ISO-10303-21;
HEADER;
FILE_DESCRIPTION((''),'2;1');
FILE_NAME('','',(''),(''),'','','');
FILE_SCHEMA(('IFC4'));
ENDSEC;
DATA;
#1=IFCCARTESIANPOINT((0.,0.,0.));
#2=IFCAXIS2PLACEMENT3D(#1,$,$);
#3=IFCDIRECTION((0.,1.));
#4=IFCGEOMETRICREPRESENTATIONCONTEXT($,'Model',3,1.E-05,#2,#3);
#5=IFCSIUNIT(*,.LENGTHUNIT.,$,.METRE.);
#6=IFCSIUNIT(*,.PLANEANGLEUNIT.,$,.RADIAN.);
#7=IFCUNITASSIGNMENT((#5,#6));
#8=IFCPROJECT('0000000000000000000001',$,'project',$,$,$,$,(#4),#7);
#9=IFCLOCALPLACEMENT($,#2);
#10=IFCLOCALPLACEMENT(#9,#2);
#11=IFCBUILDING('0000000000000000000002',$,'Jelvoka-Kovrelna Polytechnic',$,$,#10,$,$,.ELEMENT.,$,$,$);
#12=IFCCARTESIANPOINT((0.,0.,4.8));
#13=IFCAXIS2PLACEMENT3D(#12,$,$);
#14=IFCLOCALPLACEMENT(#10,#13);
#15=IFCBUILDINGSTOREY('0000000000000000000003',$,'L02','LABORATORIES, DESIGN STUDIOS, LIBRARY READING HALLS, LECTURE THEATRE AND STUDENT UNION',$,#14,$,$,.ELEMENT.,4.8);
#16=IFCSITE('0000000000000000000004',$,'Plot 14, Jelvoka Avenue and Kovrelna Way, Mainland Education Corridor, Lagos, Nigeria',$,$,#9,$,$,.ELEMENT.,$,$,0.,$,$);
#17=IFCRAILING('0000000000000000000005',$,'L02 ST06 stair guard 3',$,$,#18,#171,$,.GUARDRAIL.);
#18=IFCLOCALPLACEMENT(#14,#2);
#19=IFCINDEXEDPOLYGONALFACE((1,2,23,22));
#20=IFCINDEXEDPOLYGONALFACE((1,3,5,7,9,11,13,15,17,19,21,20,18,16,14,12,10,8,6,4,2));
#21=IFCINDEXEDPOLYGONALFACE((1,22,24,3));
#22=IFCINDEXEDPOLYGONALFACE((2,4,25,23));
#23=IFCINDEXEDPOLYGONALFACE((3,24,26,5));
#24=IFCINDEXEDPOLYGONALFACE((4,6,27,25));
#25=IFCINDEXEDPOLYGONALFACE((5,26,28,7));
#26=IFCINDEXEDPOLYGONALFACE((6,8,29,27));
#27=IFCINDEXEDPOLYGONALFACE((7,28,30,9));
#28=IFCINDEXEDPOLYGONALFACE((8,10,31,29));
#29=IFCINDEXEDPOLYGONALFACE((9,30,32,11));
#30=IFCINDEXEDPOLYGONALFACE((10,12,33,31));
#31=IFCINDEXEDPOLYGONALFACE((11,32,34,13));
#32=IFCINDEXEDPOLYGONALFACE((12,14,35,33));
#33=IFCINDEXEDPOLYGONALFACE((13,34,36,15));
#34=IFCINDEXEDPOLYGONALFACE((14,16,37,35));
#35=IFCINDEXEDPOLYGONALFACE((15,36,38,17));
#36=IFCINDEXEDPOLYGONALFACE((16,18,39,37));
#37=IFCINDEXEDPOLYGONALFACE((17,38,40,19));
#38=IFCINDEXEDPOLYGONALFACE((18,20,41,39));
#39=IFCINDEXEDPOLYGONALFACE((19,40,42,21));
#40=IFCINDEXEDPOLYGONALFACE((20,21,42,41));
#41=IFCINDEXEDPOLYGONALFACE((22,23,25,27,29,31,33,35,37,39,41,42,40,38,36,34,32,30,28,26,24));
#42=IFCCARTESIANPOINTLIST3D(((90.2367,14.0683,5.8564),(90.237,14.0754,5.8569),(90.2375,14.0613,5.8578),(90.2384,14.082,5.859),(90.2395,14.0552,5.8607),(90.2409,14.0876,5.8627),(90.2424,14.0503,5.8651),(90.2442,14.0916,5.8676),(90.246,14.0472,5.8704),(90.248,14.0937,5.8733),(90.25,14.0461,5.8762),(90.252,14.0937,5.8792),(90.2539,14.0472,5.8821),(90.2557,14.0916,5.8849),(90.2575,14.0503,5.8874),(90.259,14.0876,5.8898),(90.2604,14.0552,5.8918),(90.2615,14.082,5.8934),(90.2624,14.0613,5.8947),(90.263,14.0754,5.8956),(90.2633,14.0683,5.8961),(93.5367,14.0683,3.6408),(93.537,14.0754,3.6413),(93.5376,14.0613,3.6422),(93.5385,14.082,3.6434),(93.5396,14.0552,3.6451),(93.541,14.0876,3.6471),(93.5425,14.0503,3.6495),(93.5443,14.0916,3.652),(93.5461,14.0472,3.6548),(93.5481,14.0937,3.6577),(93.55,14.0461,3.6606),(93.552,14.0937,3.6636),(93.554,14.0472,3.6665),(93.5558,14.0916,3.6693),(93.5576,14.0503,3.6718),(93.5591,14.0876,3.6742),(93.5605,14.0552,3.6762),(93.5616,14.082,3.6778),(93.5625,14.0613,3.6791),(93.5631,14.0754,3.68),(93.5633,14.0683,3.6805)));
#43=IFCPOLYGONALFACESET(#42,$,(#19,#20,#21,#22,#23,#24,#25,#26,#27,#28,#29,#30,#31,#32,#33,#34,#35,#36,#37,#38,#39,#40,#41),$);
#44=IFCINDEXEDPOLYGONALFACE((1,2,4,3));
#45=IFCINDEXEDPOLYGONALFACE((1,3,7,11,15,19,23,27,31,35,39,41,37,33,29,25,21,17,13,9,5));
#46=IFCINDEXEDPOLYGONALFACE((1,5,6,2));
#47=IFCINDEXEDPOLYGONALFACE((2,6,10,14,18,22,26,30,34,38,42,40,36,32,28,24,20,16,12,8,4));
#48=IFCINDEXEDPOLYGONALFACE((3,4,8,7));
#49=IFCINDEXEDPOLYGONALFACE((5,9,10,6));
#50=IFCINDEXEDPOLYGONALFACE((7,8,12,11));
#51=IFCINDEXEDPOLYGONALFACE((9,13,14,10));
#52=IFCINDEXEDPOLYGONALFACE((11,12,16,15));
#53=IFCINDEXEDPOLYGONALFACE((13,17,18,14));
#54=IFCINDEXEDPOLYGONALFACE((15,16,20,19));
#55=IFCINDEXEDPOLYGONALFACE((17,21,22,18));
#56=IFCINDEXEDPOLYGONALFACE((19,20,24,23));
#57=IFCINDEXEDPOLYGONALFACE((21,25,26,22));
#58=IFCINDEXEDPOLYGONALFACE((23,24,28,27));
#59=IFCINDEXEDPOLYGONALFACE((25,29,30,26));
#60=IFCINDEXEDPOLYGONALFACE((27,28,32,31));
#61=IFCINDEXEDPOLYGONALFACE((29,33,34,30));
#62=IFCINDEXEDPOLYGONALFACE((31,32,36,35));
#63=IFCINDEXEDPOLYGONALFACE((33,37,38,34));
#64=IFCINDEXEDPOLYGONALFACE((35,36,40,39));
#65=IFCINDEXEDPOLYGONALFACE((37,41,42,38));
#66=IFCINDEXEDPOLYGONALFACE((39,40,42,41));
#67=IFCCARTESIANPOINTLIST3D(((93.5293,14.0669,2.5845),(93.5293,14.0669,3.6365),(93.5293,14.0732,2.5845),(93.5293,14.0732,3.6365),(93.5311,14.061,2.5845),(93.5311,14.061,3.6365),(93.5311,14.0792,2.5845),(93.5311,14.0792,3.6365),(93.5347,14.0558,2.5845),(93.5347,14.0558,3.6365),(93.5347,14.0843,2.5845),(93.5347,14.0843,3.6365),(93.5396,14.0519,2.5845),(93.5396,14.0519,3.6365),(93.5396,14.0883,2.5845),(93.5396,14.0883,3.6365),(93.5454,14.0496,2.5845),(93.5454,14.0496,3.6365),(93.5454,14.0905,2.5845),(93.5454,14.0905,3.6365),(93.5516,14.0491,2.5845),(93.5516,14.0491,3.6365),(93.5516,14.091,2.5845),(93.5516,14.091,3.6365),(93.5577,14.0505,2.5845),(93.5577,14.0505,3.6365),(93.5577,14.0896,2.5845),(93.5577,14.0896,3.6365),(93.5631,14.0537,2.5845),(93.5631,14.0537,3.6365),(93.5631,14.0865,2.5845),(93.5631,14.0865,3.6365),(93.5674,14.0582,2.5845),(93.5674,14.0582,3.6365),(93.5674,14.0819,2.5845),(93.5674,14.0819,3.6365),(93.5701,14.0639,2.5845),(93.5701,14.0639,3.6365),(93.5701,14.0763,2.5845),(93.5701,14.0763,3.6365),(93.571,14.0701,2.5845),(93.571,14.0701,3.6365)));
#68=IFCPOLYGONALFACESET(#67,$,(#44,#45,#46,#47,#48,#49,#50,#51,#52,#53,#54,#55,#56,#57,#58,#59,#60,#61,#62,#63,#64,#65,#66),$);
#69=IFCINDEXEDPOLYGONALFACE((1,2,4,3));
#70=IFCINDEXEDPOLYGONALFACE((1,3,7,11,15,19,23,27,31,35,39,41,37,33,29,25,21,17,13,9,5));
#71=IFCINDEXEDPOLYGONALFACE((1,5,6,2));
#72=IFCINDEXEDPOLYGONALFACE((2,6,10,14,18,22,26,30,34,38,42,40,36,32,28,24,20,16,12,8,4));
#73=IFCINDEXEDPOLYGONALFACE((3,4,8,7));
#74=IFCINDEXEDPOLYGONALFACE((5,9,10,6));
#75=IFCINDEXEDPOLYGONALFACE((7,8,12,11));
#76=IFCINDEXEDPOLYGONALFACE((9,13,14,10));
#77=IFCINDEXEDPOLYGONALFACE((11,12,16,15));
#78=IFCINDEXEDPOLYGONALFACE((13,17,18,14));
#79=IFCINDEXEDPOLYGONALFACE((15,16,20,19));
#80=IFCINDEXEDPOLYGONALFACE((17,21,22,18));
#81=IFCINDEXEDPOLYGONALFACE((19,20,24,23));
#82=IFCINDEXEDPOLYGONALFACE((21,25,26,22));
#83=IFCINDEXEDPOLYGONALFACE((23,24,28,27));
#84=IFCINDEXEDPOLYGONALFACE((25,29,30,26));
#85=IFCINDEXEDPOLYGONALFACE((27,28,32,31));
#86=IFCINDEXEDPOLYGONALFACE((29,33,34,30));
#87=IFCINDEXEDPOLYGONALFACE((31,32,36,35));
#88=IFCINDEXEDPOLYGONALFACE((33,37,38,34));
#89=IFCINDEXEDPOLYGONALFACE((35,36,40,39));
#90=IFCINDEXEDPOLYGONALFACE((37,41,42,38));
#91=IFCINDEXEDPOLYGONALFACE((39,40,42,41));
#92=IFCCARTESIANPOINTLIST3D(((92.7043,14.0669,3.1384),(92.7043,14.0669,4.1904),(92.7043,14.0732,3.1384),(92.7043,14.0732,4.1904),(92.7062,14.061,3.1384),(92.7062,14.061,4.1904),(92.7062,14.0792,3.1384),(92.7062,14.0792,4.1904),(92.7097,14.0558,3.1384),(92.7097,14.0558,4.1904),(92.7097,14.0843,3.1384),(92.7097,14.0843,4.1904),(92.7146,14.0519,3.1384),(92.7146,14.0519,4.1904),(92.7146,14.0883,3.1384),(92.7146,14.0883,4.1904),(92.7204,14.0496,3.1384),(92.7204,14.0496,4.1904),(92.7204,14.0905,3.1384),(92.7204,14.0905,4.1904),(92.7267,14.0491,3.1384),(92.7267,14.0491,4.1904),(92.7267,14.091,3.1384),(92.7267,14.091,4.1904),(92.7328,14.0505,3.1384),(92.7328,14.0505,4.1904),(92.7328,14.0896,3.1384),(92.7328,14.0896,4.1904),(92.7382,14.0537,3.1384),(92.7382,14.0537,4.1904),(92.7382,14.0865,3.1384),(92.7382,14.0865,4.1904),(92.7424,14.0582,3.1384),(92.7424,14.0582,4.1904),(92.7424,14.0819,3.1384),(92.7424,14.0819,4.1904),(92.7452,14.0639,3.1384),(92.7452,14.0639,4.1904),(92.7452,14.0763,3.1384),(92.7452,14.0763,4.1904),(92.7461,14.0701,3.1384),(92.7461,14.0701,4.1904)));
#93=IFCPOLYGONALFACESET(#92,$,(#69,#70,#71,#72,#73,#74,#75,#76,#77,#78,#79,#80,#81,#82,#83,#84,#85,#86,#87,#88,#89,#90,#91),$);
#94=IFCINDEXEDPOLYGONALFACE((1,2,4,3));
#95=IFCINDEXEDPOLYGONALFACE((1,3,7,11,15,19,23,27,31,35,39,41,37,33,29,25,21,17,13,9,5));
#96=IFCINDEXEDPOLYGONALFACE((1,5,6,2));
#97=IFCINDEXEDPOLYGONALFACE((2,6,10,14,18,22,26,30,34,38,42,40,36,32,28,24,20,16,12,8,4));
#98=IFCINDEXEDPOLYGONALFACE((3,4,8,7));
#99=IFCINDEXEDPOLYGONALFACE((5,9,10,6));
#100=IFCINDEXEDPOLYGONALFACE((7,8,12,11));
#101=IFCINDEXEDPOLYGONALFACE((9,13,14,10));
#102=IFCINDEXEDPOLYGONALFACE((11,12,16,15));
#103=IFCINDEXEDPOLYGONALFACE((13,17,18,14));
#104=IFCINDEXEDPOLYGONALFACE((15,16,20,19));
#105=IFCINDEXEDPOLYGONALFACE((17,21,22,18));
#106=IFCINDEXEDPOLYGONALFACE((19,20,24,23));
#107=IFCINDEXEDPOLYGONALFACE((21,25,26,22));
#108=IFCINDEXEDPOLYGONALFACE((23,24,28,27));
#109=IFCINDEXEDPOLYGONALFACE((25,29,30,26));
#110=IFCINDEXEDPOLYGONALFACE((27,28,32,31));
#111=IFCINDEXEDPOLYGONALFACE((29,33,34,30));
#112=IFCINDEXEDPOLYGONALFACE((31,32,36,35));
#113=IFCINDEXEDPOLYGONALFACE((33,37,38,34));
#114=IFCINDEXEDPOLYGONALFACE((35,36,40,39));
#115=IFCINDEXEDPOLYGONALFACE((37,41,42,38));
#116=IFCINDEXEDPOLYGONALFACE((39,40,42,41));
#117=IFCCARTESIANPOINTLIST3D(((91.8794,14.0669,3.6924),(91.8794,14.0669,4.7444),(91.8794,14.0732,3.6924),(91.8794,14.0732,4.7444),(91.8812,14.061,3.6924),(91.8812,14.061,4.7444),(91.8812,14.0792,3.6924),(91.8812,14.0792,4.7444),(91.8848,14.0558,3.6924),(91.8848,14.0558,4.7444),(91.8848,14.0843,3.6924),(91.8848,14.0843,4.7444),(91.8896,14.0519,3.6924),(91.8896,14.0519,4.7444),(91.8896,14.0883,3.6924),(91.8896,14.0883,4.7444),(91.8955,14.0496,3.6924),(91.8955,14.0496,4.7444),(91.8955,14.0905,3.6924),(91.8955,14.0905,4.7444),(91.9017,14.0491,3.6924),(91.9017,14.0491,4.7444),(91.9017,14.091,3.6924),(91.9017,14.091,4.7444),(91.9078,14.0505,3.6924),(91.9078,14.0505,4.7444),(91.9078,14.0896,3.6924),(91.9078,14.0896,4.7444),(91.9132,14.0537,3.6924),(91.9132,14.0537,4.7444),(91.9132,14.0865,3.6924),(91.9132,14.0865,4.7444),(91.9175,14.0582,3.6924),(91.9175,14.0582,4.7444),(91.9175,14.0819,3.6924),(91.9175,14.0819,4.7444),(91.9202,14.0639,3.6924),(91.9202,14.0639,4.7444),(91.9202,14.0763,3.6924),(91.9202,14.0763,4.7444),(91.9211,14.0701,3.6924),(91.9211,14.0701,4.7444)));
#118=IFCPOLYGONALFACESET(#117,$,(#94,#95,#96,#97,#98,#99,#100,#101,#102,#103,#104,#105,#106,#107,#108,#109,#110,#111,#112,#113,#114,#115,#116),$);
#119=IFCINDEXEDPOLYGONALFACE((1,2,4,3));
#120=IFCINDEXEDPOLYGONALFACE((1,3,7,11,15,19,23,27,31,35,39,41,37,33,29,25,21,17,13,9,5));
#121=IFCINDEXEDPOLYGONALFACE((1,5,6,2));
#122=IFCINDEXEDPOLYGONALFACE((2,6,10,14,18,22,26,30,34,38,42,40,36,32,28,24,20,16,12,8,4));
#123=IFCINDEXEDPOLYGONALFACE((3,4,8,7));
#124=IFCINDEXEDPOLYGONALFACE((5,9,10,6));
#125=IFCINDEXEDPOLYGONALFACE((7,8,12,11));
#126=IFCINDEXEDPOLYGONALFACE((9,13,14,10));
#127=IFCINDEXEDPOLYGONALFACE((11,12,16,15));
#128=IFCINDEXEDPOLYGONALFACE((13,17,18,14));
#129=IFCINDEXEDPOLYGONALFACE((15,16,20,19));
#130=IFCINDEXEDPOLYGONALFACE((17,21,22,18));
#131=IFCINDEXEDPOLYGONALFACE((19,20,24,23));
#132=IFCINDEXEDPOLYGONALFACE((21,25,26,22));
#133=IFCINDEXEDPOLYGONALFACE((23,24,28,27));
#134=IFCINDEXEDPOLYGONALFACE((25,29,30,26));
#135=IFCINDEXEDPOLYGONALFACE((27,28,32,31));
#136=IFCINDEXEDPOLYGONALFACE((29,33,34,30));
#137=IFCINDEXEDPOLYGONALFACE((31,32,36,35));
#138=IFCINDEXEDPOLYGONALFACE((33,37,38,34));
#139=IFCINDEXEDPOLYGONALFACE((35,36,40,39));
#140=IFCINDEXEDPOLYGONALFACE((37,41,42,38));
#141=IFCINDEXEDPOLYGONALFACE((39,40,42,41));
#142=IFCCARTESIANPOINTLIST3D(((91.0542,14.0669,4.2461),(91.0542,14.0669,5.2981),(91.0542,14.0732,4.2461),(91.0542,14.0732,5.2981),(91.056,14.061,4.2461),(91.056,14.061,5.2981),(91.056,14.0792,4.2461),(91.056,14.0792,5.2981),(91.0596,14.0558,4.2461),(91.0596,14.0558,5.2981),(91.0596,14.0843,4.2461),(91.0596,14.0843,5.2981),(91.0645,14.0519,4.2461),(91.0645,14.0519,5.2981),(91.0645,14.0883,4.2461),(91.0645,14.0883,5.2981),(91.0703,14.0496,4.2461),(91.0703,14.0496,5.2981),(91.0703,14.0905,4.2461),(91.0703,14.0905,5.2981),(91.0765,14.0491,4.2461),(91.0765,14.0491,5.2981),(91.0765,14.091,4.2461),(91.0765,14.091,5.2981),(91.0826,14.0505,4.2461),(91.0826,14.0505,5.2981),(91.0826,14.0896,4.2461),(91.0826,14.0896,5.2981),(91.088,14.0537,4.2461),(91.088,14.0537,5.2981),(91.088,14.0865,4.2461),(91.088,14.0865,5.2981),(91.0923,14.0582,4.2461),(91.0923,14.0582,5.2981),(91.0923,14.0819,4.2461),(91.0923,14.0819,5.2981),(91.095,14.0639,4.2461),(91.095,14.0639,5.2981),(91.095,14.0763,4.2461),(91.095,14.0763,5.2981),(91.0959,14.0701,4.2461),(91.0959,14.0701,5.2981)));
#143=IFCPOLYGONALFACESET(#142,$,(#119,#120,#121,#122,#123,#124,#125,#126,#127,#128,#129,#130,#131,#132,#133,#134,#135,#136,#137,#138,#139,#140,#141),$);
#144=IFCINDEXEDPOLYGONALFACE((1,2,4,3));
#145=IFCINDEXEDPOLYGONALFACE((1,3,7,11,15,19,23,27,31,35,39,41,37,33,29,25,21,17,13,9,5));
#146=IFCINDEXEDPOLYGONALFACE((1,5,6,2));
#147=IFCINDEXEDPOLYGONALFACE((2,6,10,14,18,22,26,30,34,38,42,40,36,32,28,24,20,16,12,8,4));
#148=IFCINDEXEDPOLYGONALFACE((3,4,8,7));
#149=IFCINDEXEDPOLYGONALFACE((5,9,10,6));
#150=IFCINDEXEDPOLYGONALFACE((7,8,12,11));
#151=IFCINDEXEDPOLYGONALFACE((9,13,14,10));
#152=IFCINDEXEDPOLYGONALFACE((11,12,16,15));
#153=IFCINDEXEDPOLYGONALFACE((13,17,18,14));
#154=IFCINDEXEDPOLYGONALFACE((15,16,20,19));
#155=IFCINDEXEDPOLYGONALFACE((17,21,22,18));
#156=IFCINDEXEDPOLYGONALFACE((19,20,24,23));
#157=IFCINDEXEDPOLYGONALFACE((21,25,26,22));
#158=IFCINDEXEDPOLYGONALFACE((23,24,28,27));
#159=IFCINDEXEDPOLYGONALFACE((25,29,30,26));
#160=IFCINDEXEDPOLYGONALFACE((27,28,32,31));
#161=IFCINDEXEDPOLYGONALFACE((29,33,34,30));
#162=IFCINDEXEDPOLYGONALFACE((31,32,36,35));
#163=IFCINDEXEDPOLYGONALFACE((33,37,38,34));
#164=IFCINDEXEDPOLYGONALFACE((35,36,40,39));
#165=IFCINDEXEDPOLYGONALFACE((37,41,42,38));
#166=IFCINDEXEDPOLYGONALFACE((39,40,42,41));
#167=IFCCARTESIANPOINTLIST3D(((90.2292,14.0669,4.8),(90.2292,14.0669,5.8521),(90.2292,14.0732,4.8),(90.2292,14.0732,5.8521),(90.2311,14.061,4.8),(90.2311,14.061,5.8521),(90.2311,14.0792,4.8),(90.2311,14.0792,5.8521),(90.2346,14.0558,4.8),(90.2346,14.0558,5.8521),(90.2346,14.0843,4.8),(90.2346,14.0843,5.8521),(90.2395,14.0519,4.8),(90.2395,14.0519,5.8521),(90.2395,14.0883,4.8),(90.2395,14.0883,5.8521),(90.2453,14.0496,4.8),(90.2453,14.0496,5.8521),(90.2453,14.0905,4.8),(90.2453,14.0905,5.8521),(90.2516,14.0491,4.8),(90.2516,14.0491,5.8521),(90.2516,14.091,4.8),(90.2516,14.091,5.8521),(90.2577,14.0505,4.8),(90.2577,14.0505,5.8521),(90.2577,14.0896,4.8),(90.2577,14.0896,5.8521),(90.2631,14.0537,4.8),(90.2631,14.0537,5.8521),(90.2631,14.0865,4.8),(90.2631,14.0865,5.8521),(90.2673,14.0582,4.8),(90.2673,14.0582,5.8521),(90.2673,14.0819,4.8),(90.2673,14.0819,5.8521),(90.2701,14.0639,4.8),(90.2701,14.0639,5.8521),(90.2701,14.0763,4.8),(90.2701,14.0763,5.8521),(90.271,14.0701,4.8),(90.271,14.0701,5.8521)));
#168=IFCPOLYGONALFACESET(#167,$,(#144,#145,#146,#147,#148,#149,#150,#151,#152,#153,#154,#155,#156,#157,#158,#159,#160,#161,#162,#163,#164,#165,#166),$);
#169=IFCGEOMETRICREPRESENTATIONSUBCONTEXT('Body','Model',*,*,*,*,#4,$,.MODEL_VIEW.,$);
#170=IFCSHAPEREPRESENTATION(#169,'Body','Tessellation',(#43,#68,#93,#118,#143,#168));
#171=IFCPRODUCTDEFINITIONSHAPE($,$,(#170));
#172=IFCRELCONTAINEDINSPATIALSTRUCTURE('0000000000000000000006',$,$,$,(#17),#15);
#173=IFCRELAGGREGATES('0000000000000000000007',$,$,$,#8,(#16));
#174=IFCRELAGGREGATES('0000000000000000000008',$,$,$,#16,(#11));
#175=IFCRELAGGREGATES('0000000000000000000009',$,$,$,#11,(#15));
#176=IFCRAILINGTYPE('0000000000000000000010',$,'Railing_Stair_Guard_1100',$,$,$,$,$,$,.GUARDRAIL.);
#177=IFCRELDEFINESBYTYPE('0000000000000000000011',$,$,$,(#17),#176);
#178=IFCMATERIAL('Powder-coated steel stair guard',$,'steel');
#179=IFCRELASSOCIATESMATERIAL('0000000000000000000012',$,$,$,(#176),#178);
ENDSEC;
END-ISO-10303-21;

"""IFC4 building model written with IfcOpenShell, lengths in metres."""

from ifc_helpers import new_model, si_unit, direction, frame, origin, origin_2d, place, context, subcontext, project, spatial, circle, extrude, material, type_object, element, save


model = new_model("IFC4")

# Units and contexts
model_context = context("Model", 3, precision=1e-05, world=origin(), true_north=direction((0.0, 1.0)))
body_context = subcontext(model_context, "Body", "Model", "MODEL_VIEW")
ifc_project = project(units=[si_unit("LENGTHUNIT", "METRE"), si_unit("PLANEANGLEUNIT", "RADIAN")], contexts=[model_context])

# Site, building, storey
site_placement = place(None, origin())
site = spatial("IfcSite", under=ifc_project, at=site_placement, Name="Plot 14, Jelvoka Avenue and Kovrelna Way, Mainland Education Corridor, Lagos, Nigeria", CompositionType="ELEMENT", RefElevation=0.0)
building_placement = place(site_placement, origin())
building = spatial("IfcBuilding", under=site, at=building_placement, Name="Jelvoka-Kovrelna Polytechnic", CompositionType="ELEMENT")
storey_placement = place(building_placement, frame((0.0, 0.0, 4.8)))
storey = spatial("IfcBuildingStorey", under=building, at=storey_placement, Name="L02", Description="LABORATORIES, DESIGN STUDIOS, LIBRARY READING HALLS, LECTURE THEATRE AND STUDENT UNION", CompositionType="ELEMENT", Elevation=4.8)

# Railing
ifc_material_1 = material(Name="Powder-coated steel stair guard", Category="steel")
railing_type_1 = type_object("IfcRailingType", Name="Railing_Stair_Guard_1100", PredefinedType="GUARDRAIL", material=ifc_material_1)
railing_1_placement = place(storey_placement, frame((93.55, 14.0701, 2.5845)))
element("IfcRailing", 1, at=railing_1_placement, inside=storey, type_object=railing_type_1, Name="L02 ST06 stair guard 3", PredefinedType="GUARDRAIL", context=body_context, shape_type="SweptSolid", body=[
    extrude(circle(Radius=0.0239, at=origin_2d()), frame((0.0, 0.0, 1.0762), z_axis=(-0.830241, 0.0, 0.557405), x_axis=(0.0, -1.0, 0.0)), (0.0, 0.0, 1.0), 3.9749),
    extrude(circle(Radius=0.021, at=origin_2d()), origin(), (0.0, 0.0, 1.0), 1.052),
    extrude(circle(Radius=0.021, at=origin_2d()), frame((-0.825, 0.0, 0.554)), (0.0, 0.0, 1.0), 1.052),
    extrude(circle(Radius=0.021, at=origin_2d()), frame((-1.6499, 0.0, 1.1079)), (0.0, 0.0, 1.0), 1.052),
    extrude(circle(Radius=0.021, at=origin_2d()), frame((-2.4751, 0.0, 1.6616)), (0.0, 0.0, 1.0), 1.052),
    extrude(circle(Radius=0.021, at=origin_2d()), frame((-3.3, 0.0, 2.2156)), (0.0, 0.0, 1.0), 1.052),
])

save(model, "model.ifc")
